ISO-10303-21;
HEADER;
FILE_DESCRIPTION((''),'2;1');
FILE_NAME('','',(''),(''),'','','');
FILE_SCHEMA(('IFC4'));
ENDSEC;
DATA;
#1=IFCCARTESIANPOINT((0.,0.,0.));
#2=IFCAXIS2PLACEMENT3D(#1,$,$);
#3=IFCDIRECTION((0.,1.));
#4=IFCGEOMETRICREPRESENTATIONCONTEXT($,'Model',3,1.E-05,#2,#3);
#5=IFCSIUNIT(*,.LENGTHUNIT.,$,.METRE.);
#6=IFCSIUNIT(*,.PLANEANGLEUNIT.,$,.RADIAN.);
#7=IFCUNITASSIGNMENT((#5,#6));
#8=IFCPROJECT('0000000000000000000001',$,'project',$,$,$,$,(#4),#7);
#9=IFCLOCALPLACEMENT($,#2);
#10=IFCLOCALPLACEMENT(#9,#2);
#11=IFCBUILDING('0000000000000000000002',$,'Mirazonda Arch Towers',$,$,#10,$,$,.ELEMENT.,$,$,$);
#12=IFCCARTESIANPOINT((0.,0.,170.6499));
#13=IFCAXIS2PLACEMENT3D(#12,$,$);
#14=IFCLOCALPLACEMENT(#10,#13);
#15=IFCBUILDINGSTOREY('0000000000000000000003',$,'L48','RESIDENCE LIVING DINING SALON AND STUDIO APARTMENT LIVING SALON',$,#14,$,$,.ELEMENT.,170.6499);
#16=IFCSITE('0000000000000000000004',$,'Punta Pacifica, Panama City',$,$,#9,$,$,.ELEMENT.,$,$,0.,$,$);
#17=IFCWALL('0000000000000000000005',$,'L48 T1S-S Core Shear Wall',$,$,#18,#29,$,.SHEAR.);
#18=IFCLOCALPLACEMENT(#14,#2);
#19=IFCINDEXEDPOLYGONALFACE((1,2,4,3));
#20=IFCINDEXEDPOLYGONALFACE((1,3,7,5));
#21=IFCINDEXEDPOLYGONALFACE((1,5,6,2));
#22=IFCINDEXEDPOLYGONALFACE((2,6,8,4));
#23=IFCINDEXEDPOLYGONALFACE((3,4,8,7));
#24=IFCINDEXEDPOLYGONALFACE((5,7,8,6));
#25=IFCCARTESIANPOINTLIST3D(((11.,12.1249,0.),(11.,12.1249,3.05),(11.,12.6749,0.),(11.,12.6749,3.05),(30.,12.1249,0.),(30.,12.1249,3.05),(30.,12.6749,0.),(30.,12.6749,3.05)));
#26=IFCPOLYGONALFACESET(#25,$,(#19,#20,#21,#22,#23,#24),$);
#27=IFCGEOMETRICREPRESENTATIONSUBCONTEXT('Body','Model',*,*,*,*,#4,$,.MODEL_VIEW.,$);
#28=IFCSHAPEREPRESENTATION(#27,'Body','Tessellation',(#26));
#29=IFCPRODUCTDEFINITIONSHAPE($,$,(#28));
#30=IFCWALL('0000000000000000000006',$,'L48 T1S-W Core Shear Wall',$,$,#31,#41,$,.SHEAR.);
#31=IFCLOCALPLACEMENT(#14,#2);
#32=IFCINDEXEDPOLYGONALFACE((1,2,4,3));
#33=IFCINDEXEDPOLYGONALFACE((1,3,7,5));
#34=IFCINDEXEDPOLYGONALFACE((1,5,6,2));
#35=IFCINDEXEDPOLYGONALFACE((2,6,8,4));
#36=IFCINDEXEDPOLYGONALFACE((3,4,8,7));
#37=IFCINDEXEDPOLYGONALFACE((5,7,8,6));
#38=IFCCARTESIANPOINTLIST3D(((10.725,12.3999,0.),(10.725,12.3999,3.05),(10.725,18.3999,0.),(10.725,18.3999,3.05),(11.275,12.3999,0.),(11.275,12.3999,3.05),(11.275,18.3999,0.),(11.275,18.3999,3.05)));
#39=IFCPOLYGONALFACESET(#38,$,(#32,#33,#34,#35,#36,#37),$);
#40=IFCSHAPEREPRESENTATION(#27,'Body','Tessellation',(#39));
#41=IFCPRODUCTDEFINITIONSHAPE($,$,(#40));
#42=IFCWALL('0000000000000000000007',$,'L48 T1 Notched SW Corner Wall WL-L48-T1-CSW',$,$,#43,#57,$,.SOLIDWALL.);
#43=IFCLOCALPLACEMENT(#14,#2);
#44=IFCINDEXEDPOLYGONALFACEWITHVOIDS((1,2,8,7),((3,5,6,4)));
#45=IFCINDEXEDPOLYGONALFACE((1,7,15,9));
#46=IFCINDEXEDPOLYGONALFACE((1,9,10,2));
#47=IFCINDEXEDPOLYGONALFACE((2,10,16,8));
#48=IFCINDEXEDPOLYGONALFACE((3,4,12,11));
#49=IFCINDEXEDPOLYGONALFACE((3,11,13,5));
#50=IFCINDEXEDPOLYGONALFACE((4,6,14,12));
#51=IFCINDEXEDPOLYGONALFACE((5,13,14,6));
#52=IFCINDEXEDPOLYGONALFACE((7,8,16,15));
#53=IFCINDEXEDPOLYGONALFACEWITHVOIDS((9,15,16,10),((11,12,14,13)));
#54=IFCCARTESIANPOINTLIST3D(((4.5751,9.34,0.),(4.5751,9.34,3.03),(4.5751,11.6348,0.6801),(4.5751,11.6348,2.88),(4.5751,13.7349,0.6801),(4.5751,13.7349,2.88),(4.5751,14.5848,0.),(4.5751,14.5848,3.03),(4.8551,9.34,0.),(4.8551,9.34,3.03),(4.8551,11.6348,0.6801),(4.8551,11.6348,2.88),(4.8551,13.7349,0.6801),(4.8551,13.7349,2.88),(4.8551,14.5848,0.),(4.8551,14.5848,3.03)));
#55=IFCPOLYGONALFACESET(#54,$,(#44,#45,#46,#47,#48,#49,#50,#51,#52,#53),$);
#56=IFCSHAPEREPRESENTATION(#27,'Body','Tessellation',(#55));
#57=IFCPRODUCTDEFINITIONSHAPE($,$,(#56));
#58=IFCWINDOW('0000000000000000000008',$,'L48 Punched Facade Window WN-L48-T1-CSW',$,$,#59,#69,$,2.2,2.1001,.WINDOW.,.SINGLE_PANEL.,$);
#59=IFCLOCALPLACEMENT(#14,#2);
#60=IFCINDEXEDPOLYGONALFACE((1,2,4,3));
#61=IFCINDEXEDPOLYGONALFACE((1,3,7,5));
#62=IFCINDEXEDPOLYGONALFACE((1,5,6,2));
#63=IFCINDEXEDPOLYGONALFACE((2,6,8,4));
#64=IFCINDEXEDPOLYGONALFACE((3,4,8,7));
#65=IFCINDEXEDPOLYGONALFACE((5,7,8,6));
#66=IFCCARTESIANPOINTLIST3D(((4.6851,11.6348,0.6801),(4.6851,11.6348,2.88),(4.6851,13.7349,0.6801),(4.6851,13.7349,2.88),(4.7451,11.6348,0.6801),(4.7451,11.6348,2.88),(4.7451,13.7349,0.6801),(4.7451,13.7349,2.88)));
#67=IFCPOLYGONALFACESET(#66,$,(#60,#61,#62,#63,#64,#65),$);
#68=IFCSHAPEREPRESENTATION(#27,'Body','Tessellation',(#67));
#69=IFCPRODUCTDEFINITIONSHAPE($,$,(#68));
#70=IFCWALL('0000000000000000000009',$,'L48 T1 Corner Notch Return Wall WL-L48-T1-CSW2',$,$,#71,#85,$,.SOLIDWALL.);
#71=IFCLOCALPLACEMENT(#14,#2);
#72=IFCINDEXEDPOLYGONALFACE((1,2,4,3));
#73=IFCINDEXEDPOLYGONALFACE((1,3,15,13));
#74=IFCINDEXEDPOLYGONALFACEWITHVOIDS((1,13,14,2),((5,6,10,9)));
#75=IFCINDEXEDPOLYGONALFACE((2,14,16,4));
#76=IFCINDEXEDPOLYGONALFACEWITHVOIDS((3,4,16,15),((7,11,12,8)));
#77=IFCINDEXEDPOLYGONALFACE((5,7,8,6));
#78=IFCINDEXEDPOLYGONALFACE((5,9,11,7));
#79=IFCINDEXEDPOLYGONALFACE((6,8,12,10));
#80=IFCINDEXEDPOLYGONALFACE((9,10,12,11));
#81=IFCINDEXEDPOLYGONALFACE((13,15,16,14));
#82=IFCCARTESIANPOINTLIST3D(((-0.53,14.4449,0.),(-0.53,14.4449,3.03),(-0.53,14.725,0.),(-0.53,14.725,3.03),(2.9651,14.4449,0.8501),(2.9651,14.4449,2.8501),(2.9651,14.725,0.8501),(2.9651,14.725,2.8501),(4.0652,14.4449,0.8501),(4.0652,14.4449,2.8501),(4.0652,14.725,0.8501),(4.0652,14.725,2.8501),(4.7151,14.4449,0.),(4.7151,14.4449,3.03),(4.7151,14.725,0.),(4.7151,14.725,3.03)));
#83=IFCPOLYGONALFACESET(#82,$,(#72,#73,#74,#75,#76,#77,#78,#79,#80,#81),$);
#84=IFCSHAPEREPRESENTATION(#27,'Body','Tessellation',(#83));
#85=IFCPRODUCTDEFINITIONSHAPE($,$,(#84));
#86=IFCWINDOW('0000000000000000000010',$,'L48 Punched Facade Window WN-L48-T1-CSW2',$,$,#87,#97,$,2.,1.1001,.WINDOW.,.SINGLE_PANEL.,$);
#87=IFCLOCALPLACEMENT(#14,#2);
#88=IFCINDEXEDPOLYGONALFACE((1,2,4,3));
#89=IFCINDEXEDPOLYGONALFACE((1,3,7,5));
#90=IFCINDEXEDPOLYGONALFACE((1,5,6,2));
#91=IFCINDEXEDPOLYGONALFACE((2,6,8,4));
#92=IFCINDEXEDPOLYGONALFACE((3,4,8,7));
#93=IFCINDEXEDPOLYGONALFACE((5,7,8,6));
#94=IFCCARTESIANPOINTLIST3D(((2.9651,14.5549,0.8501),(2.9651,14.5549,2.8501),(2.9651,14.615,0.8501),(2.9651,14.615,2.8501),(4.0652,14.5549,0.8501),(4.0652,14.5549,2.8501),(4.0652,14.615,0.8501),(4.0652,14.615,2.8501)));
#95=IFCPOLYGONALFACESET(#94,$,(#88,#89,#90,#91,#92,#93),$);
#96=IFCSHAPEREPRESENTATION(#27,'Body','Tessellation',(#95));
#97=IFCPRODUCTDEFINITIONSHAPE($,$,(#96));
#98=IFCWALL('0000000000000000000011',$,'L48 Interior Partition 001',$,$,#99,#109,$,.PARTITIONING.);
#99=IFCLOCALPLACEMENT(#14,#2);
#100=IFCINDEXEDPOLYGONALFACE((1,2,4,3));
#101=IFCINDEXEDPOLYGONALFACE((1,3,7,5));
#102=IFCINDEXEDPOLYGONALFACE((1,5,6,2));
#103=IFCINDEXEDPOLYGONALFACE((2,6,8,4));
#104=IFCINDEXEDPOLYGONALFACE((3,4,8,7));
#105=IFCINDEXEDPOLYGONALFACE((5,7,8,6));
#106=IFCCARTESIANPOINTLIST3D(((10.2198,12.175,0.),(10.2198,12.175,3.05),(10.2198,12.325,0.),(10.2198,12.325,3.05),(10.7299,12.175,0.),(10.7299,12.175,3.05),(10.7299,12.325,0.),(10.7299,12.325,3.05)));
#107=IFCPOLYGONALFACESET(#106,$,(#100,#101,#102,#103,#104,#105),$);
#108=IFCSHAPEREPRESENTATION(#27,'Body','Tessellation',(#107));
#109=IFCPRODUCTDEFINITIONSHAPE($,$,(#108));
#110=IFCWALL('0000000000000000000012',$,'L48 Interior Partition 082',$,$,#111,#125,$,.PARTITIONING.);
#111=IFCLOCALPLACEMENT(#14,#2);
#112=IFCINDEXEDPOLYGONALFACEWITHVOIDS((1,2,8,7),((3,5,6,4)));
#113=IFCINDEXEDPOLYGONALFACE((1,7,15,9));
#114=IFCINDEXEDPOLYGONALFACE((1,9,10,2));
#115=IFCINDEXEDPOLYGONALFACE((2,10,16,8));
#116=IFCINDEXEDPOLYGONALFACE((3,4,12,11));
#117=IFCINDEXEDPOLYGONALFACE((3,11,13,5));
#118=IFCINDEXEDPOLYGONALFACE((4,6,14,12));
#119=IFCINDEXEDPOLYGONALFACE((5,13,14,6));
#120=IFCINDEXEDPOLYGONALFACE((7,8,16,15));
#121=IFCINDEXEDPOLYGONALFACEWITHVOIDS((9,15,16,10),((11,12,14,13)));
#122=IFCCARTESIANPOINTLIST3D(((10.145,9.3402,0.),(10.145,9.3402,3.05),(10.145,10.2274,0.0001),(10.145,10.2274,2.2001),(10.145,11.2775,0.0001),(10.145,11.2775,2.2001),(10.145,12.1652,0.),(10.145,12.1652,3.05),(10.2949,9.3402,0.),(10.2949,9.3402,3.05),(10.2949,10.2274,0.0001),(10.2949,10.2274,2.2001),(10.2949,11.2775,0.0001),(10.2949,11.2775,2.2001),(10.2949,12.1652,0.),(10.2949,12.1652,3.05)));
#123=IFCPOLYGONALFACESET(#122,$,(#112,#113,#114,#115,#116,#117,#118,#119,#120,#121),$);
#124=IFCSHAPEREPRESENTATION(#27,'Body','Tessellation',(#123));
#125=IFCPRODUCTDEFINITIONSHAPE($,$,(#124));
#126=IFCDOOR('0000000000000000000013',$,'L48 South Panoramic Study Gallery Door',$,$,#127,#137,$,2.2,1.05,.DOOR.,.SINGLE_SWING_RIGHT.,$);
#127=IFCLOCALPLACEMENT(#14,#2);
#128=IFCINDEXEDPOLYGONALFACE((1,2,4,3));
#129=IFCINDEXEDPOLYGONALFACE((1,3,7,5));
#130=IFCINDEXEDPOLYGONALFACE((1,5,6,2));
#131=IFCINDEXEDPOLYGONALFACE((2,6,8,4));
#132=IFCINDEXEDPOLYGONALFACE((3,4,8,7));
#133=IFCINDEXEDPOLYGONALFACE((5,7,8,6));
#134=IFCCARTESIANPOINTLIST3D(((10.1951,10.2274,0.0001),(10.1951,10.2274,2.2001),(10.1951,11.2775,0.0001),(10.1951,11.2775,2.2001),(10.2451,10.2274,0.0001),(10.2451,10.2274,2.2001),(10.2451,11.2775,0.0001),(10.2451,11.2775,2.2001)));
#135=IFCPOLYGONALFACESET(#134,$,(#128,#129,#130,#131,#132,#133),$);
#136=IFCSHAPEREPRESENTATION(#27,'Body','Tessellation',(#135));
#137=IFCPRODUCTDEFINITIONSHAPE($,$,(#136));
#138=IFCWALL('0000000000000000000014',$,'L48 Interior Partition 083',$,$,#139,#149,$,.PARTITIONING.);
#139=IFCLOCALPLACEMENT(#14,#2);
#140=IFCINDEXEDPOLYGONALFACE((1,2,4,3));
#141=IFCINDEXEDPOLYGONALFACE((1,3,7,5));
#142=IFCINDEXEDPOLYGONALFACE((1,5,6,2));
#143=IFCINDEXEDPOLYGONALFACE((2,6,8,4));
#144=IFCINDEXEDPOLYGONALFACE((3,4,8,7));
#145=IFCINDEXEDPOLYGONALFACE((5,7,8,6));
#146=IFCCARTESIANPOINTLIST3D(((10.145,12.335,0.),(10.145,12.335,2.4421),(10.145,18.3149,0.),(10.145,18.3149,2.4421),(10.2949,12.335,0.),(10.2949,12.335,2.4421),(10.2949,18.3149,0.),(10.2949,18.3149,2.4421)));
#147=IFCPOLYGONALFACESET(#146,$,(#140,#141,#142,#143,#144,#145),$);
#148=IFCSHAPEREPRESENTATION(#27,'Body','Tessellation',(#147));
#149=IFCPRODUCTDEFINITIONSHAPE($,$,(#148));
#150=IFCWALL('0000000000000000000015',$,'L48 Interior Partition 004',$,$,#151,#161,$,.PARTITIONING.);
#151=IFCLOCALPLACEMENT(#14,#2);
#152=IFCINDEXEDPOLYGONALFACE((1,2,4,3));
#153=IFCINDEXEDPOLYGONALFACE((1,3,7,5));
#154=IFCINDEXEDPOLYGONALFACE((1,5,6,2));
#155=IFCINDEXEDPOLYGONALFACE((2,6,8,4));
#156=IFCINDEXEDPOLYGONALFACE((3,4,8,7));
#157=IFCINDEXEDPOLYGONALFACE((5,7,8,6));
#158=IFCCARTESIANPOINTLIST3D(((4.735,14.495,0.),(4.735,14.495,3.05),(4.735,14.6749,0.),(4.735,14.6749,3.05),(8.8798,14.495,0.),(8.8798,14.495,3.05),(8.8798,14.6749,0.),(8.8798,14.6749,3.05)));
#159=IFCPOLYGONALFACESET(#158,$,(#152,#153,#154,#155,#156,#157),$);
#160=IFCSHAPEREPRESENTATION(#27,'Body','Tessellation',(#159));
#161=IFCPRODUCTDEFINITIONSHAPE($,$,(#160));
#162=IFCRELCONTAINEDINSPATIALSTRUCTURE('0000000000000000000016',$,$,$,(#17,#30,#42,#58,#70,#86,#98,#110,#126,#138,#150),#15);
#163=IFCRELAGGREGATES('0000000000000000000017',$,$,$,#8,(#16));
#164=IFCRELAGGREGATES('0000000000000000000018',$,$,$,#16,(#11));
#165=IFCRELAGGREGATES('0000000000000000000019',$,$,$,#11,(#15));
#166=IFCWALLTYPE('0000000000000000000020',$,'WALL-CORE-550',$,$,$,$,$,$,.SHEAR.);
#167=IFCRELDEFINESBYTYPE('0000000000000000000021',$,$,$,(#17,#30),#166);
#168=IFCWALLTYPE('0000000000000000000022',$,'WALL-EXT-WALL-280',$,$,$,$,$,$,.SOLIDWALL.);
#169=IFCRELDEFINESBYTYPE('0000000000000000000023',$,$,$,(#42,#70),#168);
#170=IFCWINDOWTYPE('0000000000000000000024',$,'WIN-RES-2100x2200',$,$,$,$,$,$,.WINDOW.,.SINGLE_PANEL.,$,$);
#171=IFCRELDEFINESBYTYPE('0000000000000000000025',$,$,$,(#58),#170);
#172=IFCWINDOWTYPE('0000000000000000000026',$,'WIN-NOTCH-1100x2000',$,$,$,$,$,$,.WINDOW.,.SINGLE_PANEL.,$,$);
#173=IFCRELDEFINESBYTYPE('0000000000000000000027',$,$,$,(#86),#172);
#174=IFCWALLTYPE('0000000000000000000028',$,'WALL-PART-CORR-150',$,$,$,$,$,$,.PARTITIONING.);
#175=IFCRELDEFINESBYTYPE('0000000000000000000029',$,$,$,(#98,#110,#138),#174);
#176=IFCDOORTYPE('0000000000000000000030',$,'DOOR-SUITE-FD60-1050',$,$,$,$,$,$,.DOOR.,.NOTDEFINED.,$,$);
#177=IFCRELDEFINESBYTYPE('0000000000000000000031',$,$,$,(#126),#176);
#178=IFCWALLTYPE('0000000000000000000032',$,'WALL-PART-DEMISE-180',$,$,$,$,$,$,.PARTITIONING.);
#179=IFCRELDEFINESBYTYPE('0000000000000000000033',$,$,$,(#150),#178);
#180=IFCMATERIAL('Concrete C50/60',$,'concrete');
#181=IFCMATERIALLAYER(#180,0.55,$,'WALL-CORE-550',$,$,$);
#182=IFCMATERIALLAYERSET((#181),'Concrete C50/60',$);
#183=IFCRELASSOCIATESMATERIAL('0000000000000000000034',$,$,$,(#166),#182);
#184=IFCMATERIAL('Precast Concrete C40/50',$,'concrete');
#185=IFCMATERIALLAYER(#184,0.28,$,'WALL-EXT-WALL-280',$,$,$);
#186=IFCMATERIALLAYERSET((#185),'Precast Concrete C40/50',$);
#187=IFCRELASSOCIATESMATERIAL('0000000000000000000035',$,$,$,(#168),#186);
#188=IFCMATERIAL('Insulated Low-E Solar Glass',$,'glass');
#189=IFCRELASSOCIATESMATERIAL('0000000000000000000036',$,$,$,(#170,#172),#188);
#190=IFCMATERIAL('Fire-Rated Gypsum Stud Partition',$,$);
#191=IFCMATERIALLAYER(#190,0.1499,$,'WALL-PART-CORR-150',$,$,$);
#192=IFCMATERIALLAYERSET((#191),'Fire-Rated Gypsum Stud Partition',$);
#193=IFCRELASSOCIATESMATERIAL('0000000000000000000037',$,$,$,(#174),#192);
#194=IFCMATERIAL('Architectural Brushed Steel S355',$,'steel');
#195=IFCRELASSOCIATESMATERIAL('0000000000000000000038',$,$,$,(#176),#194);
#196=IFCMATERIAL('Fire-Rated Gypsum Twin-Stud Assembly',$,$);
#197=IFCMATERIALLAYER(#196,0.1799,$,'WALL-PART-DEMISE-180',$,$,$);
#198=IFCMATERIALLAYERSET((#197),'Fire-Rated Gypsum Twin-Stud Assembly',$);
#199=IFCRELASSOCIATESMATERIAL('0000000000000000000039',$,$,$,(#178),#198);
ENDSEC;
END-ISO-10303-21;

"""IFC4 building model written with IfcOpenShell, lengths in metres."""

from ifc_helpers import new_model, si_unit, direction, frame, frame_2d, origin, place, context, subcontext, project, spatial, rectangle, extrude, material, layer, layer_set, type_object, element, fill, save


model = new_model("IFC4")

# Units and contexts
model_context = context("Model", 3, precision=1e-05, world=origin(), true_north=direction((0.0, 1.0)))
body_context = subcontext(model_context, "Body", "Model", "MODEL_VIEW")
ifc_project = project(units=[si_unit("LENGTHUNIT", "METRE"), si_unit("PLANEANGLEUNIT", "RADIAN")], contexts=[model_context])

# Site, building, storey
site_placement = place(None, origin())
site = spatial("IfcSite", under=ifc_project, at=site_placement, Name="Punta Pacifica, Panama City", CompositionType="ELEMENT", RefElevation=0.0)
building_placement = place(site_placement, origin())
building = spatial("IfcBuilding", under=site, at=building_placement, Name="Mirazonda Arch Towers", CompositionType="ELEMENT")
storey_placement = place(building_placement, frame((0.0, 0.0, 170.6499)))
storey = spatial("IfcBuildingStorey", under=building, at=storey_placement, Name="L48", Description="RESIDENCE LIVING DINING SALON AND STUDIO APARTMENT LIVING SALON", CompositionType="ELEMENT", Elevation=170.6499)

# Shared definitions
ifc_material_1 = material(Name="Concrete C50/60", Category="concrete")

# Shared definitions
ifc_material_2 = material(Name="Insulated Low-E Solar Glass", Category="glass")

# Walls
ifc_layer_1 = layer(ifc_material_1, 0.55, Name="WALL-CORE-550")
ifc_layer_set_1 = layer_set([ifc_layer_1], Name="Concrete C50/60")
wall_type_1 = type_object("IfcWallType", Name="WALL-CORE-550", PredefinedType="SHEAR", material=ifc_layer_set_1)
wall_1_placement = place(storey_placement, frame((11.0, 12.3999, 0.0), z_axis=(0.0, 0.0, 1.0), x_axis=(1.0, 0.0, 0.0)))
element("IfcWall", 1, at=wall_1_placement, inside=storey, type_object=wall_type_1, Name="L48 T1S-S Core Shear Wall", PredefinedType="SHEAR", context=body_context, shape_type="SweptSolid", body=[
    extrude(rectangle(XDim=19.0, YDim=0.55, at=frame_2d((9.5, 0.0))), origin(), (0.0, 0.0, 1.0), 3.05),
])
wall_2_placement = place(storey_placement, frame((11.0, 12.3999, 0.0), z_axis=(0.0, 0.0, 1.0), x_axis=(0.0, 1.0, 0.0)))
element("IfcWall", 2, at=wall_2_placement, inside=storey, type_object=wall_type_1, Name="L48 T1S-W Core Shear Wall", PredefinedType="SHEAR", context=body_context, shape_type="SweptSolid", body=[
    extrude(rectangle(XDim=6.0, YDim=0.55, at=frame_2d((3.0, 0.0))), origin(), (0.0, 0.0, 1.0), 3.05),
])

# Walls, openings, windows
ifc_material_3 = material(Name="Precast Concrete C40/50", Category="concrete")
ifc_layer_2 = layer(ifc_material_3, 0.28, Name="WALL-EXT-WALL-280")
ifc_layer_set_2 = layer_set([ifc_layer_2], Name="Precast Concrete C40/50")
wall_type_2 = type_object("IfcWallType", Name="WALL-EXT-WALL-280", PredefinedType="SOLIDWALL", material=ifc_layer_set_2)
wall_3_placement = place(storey_placement, frame((4.7151, 14.585, 0.0), z_axis=(0.0, 0.0, 1.0), x_axis=(0.0, -1.0, 0.0)))
wall_3 = element("IfcWall", 3, at=wall_3_placement, inside=storey, type_object=wall_type_2, Name="L48 T1 Notched SW Corner Wall WL-L48-T1-CSW", PredefinedType="SOLIDWALL", context=body_context, shape_type="SweptSolid", body=[
    extrude(rectangle(XDim=5.2449, YDim=0.28, at=frame_2d((2.6226, 0.0))), origin(), (0.0, 0.0, 1.0), 3.03),
])
opening_1_placement = place(wall_3_placement, frame((0.8501, 0.0, 0.6799)))
opening_1 = element("IfcOpeningElement", 4, at=opening_1_placement, cuts=wall_3, PredefinedType="OPENING", context=body_context, shape_type="SweptSolid", body=[
    extrude(rectangle(XDim=2.1001, YDim=2.2, at=frame_2d((1.05, 1.1001))), frame((0.0, 0.1499, 0.0), z_axis=(0.0, -1.0, 0.0), x_axis=(1.0, 0.0, 0.0)), (0.0, 0.0, 1.0), 0.3),
])
window_type_1 = type_object("IfcWindowType", Name="WIN-RES-2100x2200", PartitioningType="SINGLE_PANEL", PredefinedType="WINDOW", material=ifc_material_2)
window_1_placement = place(opening_1_placement, origin())
window_1 = element("IfcWindow", 5, at=window_1_placement, inside=storey, type_object=window_type_1, Name="L48 Punched Facade Window WN-L48-T1-CSW", OverallHeight=2.2, OverallWidth=2.1001, PartitioningType="SINGLE_PANEL", PredefinedType="WINDOW", context=body_context, shape_type="SweptSolid", body=[
    extrude(rectangle(XDim=2.1001, YDim=2.2, at=frame_2d((1.05, 1.1001))), frame((0.0, 0.03, 0.0), z_axis=(0.0, -1.0, 0.0), x_axis=(1.0, 0.0, 0.0)), (0.0, 0.0, 1.0), 0.0601),
])
fill(opening_1, window_1)
wall_4_placement = place(storey_placement, frame((-0.53, 14.585, 0.0), z_axis=(0.0, 0.0, 1.0), x_axis=(1.0, 0.0, 0.0)))
wall_4 = element("IfcWall", 6, at=wall_4_placement, inside=storey, type_object=wall_type_2, Name="L48 T1 Corner Notch Return Wall WL-L48-T1-CSW2", PredefinedType="SOLIDWALL", context=body_context, shape_type="SweptSolid", body=[
    extrude(rectangle(XDim=5.2451, YDim=0.28, at=frame_2d((2.6226, 0.0))), origin(), (0.0, 0.0, 1.0), 3.03),
])
opening_2_placement = place(wall_4_placement, frame((3.4951, 0.0, 0.8501)))
opening_2 = element("IfcOpeningElement", 7, at=opening_2_placement, cuts=wall_4, PredefinedType="OPENING", context=body_context, shape_type="SweptSolid", body=[
    extrude(rectangle(XDim=1.1001, YDim=2.0, at=frame_2d((0.55, 1.0))), frame((0.0, 0.1499, 0.0), z_axis=(0.0, -1.0, 0.0), x_axis=(1.0, 0.0, 0.0)), (0.0, 0.0, 1.0), 0.3),
])
window_type_2 = type_object("IfcWindowType", Name="WIN-NOTCH-1100x2000", PartitioningType="SINGLE_PANEL", PredefinedType="WINDOW", material=ifc_material_2)
window_2_placement = place(opening_2_placement, origin())
window_2 = element("IfcWindow", 8, at=window_2_placement, inside=storey, type_object=window_type_2, Name="L48 Punched Facade Window WN-L48-T1-CSW2", OverallHeight=2.0, OverallWidth=1.1001, PartitioningType="SINGLE_PANEL", PredefinedType="WINDOW", context=body_context, shape_type="SweptSolid", body=[
    extrude(rectangle(XDim=1.1001, YDim=2.0, at=frame_2d((0.55, 1.0))), frame((0.0, 0.03, 0.0), z_axis=(0.0, -1.0, 0.0), x_axis=(1.0, 0.0, 0.0)), (0.0, 0.0, 1.0), 0.0601),
])
fill(opening_2, window_2)

# Wall
ifc_material_4 = material(Name="Fire-Rated Gypsum Stud Partition")
ifc_layer_3 = layer(ifc_material_4, 0.1499, Name="WALL-PART-CORR-150")
ifc_layer_set_3 = layer_set([ifc_layer_3], Name="Fire-Rated Gypsum Stud Partition")
wall_type_3 = type_object("IfcWallType", Name="WALL-PART-CORR-150", PredefinedType="PARTITIONING", material=ifc_layer_set_3)
wall_5_placement = place(storey_placement, frame((10.22, 12.25, 0.0), z_axis=(0.0, 0.0, 1.0), x_axis=(1.0, 0.0, 0.0)))
element("IfcWall", 9, at=wall_5_placement, inside=storey, type_object=wall_type_3, Name="L48 Interior Partition 001", PredefinedType="PARTITIONING", context=body_context, shape_type="SweptSolid", body=[
    extrude(rectangle(XDim=0.51, YDim=0.1499, at=frame_2d((0.2549, 0.0))), origin(), (0.0, 0.0, 1.0), 3.05),
])

# Wall, opening, door
wall_6_placement = place(storey_placement, frame((10.22, 9.3401, 0.0), z_axis=(0.0, 0.0, 1.0), x_axis=(0.0, 1.0, 0.0)))
wall_6 = element("IfcWall", 10, at=wall_6_placement, inside=storey, type_object=wall_type_3, Name="L48 Interior Partition 082", PredefinedType="PARTITIONING", context=body_context, shape_type="SweptSolid", body=[
    extrude(rectangle(XDim=2.825, YDim=0.1499, at=frame_2d((1.4126, 0.0))), origin(), (0.0, 0.0, 1.0), 3.05),
])
opening_3_placement = place(wall_6_placement, frame((0.8875, 0.0, 0.0)))
opening_3 = element("IfcOpeningElement", 11, at=opening_3_placement, cuts=wall_6, PredefinedType="OPENING", context=body_context, shape_type="SweptSolid", body=[
    extrude(rectangle(XDim=1.05, YDim=2.2, at=frame_2d((0.5249, 1.1001))), frame((0.0, 0.085, 0.0), z_axis=(0.0, -1.0, 0.0), x_axis=(1.0, 0.0, 0.0)), (0.0, 0.0, 1.0), 0.1699),
])
ifc_material_5 = material(Name="Architectural Brushed Steel S355", Category="steel")
door_type_1 = type_object("IfcDoorType", Name="DOOR-SUITE-FD60-1050", OperationType="NOTDEFINED", PredefinedType="DOOR", material=ifc_material_5)
door_1_placement = place(opening_3_placement, origin())
door_1 = element("IfcDoor", 12, at=door_1_placement, inside=storey, type_object=door_type_1, Name="L48 South Panoramic Study Gallery Door", OperationType="SINGLE_SWING_RIGHT", OverallHeight=2.2, OverallWidth=1.05, PredefinedType="DOOR", context=body_context, shape_type="SweptSolid", body=[
    extrude(rectangle(XDim=1.05, YDim=2.2, at=frame_2d((0.5249, 1.1001))), frame((0.0, 0.0249, 0.0), z_axis=(0.0, -1.0, 0.0), x_axis=(1.0, 0.0, 0.0)), (0.0, 0.0, 1.0), 0.05),
])
fill(opening_3, door_1)

# Walls
wall_7_placement = place(storey_placement, frame((10.22, 12.335, 0.0), z_axis=(0.0, 0.0, 1.0), x_axis=(0.0, 1.0, 0.0)))
element("IfcWall", 13, at=wall_7_placement, inside=storey, type_object=wall_type_3, Name="L48 Interior Partition 083", PredefinedType="PARTITIONING", context=body_context, shape_type="SweptSolid", body=[
    extrude(rectangle(XDim=5.98, YDim=0.1499, at=frame_2d((2.99, 0.0))), origin(), (0.0, 0.0, 1.0), 2.4421),
])
ifc_material_6 = material(Name="Fire-Rated Gypsum Twin-Stud Assembly")
ifc_layer_4 = layer(ifc_material_6, 0.1799, Name="WALL-PART-DEMISE-180")
ifc_layer_set_4 = layer_set([ifc_layer_4], Name="Fire-Rated Gypsum Twin-Stud Assembly")
wall_type_4 = type_object("IfcWallType", Name="WALL-PART-DEMISE-180", PredefinedType="PARTITIONING", material=ifc_layer_set_4)
wall_8_placement = place(storey_placement, frame((4.7351, 14.585, 0.0), z_axis=(0.0, 0.0, 1.0), x_axis=(1.0, 0.0, 0.0)))
element("IfcWall", 14, at=wall_8_placement, inside=storey, type_object=wall_type_4, Name="L48 Interior Partition 004", PredefinedType="PARTITIONING", context=body_context, shape_type="SweptSolid", body=[
    extrude(rectangle(XDim=4.1448, YDim=0.1799, at=frame_2d((2.0723, 0.0))), origin(), (0.0, 0.0, 1.0), 3.05),
])

save(model, "model.ifc")
